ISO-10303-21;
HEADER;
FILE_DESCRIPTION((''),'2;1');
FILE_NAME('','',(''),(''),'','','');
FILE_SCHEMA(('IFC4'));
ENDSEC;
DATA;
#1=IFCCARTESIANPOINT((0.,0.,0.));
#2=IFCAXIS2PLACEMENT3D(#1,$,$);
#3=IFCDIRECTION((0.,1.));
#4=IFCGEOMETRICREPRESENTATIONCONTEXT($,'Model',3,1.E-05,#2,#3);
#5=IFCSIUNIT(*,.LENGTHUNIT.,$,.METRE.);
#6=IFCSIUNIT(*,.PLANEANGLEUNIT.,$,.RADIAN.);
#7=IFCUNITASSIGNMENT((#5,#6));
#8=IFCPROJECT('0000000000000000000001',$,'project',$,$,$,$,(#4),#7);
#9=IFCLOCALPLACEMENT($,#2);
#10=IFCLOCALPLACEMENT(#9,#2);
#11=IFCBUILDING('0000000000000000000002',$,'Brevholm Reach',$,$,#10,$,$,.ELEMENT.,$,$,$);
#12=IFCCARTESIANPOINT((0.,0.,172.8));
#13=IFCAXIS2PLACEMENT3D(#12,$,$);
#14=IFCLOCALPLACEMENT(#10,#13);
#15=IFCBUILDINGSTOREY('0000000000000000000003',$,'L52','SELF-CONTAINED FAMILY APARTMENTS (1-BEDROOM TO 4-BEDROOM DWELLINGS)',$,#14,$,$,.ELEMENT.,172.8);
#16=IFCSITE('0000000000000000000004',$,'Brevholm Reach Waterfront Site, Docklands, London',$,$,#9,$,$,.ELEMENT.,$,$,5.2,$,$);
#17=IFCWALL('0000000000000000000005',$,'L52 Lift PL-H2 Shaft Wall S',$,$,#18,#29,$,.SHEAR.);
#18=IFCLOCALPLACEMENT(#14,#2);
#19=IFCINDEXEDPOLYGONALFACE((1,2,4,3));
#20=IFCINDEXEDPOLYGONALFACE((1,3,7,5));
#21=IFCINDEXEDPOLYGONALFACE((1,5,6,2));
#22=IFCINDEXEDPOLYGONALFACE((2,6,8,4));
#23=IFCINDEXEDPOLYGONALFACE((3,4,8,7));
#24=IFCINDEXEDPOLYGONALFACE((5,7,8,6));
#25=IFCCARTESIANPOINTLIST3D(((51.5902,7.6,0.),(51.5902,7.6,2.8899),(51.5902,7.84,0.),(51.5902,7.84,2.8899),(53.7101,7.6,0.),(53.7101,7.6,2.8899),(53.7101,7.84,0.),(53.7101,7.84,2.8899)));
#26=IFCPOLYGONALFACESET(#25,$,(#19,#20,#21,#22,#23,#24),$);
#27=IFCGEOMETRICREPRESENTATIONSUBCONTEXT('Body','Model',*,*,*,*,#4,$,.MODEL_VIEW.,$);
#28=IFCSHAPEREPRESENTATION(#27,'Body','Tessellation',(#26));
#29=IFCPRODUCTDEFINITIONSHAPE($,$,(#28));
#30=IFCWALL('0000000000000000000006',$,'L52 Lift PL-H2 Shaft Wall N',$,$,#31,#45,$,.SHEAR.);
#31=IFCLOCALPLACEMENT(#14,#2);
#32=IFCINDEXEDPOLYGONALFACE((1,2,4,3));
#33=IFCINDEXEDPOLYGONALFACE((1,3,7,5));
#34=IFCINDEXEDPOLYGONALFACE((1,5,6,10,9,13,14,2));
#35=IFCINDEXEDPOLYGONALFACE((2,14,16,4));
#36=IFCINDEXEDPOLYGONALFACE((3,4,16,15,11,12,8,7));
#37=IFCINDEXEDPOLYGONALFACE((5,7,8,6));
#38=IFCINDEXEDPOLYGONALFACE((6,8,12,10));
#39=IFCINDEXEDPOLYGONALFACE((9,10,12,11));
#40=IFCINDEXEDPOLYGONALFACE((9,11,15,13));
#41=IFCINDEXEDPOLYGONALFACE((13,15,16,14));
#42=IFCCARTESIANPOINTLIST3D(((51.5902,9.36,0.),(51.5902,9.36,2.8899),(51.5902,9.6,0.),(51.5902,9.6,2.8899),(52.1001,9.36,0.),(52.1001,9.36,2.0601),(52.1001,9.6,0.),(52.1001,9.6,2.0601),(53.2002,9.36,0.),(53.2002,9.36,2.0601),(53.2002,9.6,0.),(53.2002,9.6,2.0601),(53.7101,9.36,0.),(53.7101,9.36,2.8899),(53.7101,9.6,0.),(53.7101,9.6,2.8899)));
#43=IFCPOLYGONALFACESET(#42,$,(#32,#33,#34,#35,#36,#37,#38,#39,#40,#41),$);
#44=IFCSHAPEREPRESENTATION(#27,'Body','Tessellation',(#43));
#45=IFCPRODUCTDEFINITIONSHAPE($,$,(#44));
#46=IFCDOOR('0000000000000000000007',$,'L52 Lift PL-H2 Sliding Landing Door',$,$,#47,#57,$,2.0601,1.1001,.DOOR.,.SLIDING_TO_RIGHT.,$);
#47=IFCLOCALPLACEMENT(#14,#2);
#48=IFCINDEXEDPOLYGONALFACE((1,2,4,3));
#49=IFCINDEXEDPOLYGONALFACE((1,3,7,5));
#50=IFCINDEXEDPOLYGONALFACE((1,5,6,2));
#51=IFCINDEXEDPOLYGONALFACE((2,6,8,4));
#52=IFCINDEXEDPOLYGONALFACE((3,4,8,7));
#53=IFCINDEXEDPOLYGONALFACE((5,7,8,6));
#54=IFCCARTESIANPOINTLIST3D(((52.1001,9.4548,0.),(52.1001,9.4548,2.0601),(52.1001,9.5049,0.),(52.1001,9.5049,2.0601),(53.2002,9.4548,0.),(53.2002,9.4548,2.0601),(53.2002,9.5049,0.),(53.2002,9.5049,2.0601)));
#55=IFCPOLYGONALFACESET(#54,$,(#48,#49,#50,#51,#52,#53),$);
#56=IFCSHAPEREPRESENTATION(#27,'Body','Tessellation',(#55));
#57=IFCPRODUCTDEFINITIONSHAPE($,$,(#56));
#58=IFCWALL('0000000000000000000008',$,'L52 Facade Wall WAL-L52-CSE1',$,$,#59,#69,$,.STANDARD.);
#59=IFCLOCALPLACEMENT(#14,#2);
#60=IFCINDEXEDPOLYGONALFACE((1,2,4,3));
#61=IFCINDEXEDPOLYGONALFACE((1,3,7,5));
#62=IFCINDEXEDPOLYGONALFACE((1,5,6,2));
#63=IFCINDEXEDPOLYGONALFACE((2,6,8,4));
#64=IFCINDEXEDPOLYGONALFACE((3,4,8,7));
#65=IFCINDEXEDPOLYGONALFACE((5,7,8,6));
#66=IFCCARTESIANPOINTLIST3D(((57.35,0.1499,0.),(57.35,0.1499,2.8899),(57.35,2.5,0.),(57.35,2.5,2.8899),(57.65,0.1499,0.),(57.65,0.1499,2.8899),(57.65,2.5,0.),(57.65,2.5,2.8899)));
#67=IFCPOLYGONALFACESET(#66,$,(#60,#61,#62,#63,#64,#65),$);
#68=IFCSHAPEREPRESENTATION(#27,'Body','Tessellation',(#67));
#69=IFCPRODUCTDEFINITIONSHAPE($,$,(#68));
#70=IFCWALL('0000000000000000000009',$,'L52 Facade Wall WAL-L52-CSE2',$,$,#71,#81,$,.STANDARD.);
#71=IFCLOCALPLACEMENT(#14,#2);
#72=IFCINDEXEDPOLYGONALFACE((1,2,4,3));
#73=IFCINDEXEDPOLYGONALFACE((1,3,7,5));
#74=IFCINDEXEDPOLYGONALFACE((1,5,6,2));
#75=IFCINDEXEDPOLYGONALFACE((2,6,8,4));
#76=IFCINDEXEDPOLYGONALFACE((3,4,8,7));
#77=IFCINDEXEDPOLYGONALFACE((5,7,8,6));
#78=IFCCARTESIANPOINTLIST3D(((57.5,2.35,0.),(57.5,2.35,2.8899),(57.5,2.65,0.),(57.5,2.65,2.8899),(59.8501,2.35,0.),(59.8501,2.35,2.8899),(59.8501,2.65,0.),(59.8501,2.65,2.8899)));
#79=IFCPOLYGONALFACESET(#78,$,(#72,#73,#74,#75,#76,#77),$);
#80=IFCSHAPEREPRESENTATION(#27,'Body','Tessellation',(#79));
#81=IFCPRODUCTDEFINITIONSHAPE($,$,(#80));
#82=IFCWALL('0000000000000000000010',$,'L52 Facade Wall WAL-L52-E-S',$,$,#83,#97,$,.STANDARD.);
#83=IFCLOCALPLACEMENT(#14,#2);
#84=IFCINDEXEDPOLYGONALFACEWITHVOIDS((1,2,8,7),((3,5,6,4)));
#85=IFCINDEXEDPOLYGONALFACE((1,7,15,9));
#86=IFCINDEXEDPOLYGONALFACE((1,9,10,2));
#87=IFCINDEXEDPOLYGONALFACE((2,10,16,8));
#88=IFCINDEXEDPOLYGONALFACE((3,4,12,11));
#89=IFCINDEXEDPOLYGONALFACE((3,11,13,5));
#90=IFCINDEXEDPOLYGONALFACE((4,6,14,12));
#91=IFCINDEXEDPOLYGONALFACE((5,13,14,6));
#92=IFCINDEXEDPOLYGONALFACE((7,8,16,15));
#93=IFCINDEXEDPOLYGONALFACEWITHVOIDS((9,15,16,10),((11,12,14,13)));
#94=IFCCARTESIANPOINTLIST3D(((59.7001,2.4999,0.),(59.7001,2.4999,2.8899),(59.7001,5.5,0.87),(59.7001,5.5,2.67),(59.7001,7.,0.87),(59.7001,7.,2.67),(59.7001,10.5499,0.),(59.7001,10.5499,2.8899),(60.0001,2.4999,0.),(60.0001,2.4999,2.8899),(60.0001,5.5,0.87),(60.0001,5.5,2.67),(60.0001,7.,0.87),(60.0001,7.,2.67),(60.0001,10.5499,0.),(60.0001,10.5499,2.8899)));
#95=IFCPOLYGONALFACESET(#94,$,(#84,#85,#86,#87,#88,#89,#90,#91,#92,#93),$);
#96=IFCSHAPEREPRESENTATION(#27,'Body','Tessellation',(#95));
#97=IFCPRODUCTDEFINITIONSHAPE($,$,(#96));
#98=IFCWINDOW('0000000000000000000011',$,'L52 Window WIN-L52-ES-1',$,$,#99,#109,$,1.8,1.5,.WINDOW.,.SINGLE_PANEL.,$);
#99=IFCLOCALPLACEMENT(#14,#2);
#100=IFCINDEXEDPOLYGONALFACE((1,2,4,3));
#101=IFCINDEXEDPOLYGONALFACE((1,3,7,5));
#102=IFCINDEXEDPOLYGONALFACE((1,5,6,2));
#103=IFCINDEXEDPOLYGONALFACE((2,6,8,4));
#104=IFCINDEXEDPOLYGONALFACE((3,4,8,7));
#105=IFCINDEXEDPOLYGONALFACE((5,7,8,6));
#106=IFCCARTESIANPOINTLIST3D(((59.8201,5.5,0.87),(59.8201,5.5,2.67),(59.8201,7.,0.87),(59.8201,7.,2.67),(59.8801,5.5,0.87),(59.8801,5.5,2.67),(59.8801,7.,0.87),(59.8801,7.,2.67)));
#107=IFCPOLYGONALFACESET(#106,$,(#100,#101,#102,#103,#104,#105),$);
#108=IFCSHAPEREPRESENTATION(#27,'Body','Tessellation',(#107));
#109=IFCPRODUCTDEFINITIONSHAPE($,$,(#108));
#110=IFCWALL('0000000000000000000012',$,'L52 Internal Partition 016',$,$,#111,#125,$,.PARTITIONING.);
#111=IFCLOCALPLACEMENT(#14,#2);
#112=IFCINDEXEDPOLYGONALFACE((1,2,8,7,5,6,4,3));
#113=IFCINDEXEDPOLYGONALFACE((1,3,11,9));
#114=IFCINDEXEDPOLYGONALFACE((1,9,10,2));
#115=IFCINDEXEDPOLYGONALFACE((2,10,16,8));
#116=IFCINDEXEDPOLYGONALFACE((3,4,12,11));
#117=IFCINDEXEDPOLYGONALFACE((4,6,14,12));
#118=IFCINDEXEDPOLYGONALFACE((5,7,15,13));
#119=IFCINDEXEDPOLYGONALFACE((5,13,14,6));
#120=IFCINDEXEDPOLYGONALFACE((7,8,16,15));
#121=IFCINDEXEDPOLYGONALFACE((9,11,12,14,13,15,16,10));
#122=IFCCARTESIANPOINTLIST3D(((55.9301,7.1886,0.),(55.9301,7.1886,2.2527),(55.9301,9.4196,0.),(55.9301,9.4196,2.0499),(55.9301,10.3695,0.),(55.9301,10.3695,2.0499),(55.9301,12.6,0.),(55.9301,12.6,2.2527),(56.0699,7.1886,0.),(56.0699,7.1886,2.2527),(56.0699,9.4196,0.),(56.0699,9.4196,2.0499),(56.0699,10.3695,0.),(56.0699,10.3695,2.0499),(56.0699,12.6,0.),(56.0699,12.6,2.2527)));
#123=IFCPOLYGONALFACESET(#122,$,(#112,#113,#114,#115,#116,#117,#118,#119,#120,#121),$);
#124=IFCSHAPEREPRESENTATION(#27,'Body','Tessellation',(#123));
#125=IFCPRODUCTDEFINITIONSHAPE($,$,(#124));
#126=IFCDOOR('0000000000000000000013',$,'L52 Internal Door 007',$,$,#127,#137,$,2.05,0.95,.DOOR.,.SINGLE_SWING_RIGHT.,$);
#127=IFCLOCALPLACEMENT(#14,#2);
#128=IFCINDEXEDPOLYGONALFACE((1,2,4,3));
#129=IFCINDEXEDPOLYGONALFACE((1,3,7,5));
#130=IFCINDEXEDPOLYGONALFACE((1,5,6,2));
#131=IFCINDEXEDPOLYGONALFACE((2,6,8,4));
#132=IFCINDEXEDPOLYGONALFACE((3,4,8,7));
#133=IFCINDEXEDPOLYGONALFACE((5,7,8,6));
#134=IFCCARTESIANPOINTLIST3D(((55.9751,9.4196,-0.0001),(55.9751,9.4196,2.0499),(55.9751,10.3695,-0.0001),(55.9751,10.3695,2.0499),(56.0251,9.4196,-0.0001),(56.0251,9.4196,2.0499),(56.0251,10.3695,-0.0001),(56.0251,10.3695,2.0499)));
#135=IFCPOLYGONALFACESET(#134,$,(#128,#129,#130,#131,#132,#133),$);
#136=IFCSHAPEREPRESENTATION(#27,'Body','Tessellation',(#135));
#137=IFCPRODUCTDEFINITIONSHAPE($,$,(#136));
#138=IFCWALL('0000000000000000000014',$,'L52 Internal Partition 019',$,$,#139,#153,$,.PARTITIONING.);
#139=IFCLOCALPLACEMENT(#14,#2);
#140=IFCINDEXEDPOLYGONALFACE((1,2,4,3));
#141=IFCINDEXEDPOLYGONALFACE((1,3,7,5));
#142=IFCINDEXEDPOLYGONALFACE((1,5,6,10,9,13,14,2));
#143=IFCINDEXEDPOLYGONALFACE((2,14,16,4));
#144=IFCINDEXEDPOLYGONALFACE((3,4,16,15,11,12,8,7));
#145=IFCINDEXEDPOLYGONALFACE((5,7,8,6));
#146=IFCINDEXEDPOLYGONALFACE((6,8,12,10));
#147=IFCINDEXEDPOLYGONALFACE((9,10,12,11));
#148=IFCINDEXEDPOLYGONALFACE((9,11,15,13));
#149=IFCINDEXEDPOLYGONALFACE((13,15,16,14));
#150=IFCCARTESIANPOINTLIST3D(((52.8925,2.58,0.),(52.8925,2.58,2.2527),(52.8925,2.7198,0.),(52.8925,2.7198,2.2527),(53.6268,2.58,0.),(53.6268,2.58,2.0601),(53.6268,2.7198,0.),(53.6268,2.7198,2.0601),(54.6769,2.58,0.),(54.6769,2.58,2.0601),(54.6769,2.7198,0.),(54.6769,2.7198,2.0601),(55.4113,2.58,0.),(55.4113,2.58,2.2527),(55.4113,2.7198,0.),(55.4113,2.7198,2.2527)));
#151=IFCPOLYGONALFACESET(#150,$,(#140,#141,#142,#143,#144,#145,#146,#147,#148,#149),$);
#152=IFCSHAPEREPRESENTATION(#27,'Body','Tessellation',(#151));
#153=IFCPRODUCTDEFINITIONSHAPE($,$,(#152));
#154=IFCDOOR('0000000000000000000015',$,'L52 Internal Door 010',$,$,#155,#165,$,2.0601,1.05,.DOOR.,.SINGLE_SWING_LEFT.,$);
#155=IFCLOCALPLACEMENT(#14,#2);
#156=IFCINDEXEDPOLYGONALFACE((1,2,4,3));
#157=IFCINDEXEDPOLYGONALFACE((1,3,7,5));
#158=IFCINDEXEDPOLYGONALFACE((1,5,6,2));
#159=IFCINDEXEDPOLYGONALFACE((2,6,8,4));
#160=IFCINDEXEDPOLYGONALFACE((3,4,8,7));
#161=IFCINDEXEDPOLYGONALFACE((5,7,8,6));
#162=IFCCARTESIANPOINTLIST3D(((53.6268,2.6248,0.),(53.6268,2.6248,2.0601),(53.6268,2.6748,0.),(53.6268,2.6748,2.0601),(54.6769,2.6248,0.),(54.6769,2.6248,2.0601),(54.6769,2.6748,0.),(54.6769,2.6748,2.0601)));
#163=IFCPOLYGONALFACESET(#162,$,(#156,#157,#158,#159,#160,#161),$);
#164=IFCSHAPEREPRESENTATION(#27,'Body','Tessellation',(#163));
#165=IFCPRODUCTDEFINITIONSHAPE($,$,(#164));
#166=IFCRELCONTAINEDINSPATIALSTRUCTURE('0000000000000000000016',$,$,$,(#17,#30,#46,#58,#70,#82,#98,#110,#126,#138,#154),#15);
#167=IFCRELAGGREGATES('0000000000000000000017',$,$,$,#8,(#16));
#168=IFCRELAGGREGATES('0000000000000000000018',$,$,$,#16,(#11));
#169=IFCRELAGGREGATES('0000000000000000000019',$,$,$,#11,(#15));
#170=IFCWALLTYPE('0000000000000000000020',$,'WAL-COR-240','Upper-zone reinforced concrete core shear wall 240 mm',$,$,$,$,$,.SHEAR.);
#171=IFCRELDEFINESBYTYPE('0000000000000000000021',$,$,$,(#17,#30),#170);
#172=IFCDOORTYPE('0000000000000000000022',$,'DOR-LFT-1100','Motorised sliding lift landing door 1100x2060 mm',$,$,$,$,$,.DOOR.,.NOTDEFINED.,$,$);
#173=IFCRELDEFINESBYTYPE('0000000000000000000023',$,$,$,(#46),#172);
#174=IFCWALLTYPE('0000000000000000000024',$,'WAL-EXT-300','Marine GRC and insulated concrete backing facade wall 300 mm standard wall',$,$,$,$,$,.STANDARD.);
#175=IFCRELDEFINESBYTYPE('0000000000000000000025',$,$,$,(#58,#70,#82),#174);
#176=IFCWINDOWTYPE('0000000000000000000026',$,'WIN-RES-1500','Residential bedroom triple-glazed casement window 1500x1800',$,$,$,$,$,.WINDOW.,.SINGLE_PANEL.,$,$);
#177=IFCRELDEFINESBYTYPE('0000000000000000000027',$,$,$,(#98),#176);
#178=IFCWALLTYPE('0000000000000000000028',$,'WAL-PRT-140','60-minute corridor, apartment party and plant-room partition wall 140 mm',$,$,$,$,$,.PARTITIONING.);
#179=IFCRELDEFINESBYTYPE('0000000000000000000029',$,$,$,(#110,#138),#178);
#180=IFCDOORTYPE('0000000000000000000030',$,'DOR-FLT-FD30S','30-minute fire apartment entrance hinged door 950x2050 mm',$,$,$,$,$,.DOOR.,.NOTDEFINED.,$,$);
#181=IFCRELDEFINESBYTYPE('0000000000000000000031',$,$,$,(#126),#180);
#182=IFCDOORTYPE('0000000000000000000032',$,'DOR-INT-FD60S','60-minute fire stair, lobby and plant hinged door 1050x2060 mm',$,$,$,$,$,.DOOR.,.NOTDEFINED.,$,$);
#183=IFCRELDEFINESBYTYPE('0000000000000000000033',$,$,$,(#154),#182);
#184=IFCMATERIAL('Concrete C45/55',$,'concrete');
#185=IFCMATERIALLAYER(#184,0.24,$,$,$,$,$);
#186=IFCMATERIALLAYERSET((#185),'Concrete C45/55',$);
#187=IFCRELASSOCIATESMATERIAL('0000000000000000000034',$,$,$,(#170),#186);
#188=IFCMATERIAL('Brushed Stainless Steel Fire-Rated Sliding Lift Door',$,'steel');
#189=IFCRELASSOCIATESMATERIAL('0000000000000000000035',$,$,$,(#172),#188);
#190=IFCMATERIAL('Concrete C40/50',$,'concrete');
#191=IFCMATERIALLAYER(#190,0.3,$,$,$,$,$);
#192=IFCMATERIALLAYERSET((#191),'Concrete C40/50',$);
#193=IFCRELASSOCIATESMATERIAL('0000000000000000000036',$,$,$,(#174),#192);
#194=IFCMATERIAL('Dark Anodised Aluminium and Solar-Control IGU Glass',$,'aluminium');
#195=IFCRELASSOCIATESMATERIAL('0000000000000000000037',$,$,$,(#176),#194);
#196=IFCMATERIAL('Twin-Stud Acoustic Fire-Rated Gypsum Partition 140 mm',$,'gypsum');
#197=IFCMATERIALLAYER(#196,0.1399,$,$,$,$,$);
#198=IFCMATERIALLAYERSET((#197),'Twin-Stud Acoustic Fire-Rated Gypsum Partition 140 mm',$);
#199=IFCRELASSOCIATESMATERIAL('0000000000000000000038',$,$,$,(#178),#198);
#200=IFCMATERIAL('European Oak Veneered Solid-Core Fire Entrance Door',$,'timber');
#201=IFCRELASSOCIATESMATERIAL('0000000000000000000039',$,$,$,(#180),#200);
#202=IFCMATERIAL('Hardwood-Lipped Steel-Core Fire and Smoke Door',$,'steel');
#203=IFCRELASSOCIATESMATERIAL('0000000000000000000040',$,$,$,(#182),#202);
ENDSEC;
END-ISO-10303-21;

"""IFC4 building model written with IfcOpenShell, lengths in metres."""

from ifc_helpers import new_model, si_unit, direction, frame, frame_2d, origin, place, context, subcontext, project, spatial, rectangle, extrude, material, layer, layer_set, type_object, element, fill, save


model = new_model("IFC4")

# Units and contexts
model_context = context("Model", 3, precision=1e-05, world=origin(), true_north=direction((0.0, 1.0)))
body_context = subcontext(model_context, "Body", "Model", "MODEL_VIEW")
ifc_project = project(units=[si_unit("LENGTHUNIT", "METRE"), si_unit("PLANEANGLEUNIT", "RADIAN")], contexts=[model_context])

# Site, building, storey
site_placement = place(None, origin())
site = spatial("IfcSite", under=ifc_project, at=site_placement, Name="Brevholm Reach Waterfront Site, Docklands, London", CompositionType="ELEMENT", RefElevation=5.2)
building_placement = place(site_placement, origin())
building = spatial("IfcBuilding", under=site, at=building_placement, Name="Brevholm Reach", CompositionType="ELEMENT")
storey_placement = place(building_placement, frame((0.0, 0.0, 172.8)))
storey = spatial("IfcBuildingStorey", under=building, at=storey_placement, Name="L52", Description="SELF-CONTAINED FAMILY APARTMENTS (1-BEDROOM TO 4-BEDROOM DWELLINGS)", CompositionType="ELEMENT", Elevation=172.8)

# Wall
ifc_material_1 = material(Name="Concrete C45/55", Category="concrete")
ifc_layer_1 = layer(ifc_material_1, 0.24)
ifc_layer_set_1 = layer_set([ifc_layer_1], Name="Concrete C45/55")
wall_type_1 = type_object("IfcWallType", Name="WAL-COR-240", Description="Upper-zone reinforced concrete core shear wall 240 mm", PredefinedType="SHEAR", material=ifc_layer_set_1)
wall_1_placement = place(storey_placement, frame((51.5901, 7.72, 0.0), z_axis=(0.0, 0.0, 1.0), x_axis=(1.0, 0.0, 0.0)))
element("IfcWall", 1, at=wall_1_placement, inside=storey, type_object=wall_type_1, Name="L52 Lift PL-H2 Shaft Wall S", PredefinedType="SHEAR", context=body_context, shape_type="SweptSolid", body=[
    extrude(rectangle(XDim=2.1199, YDim=0.24, at=frame_2d((1.0601, 0.0))), origin(), (0.0, 0.0, 1.0), 2.8899),
])

# Wall, opening, door
wall_2_placement = place(storey_placement, frame((51.5901, 9.48, 0.0), z_axis=(0.0, 0.0, 1.0), x_axis=(1.0, 0.0, 0.0)))
wall_2 = element("IfcWall", 2, at=wall_2_placement, inside=storey, type_object=wall_type_1, Name="L52 Lift PL-H2 Shaft Wall N", PredefinedType="SHEAR", context=body_context, shape_type="SweptSolid", body=[
    extrude(rectangle(XDim=2.1199, YDim=0.24, at=frame_2d((1.0601, 0.0))), origin(), (0.0, 0.0, 1.0), 2.8899),
])
opening_1_placement = place(wall_2_placement, frame((0.51, 0.0, 0.0)))
opening_1 = element("IfcOpeningElement", 3, at=opening_1_placement, cuts=wall_2, PredefinedType="OPENING", context=body_context, shape_type="SweptSolid", body=[
    extrude(rectangle(XDim=1.1001, YDim=2.0601, at=frame_2d((0.55, 1.03))), frame((0.0, 0.1299, 0.0), z_axis=(0.0, -1.0, 0.0), x_axis=(1.0, 0.0, 0.0)), (0.0, 0.0, 1.0), 0.26),
])
ifc_material_2 = material(Name="Brushed Stainless Steel Fire-Rated Sliding Lift Door", Category="steel")
door_type_1 = type_object("IfcDoorType", Name="DOR-LFT-1100", Description="Motorised sliding lift landing door 1100x2060 mm", OperationType="NOTDEFINED", PredefinedType="DOOR", material=ifc_material_2)
door_1_placement = place(opening_1_placement, origin())
door_1 = element("IfcDoor", 4, at=door_1_placement, inside=storey, type_object=door_type_1, Name="L52 Lift PL-H2 Sliding Landing Door", OperationType="SLIDING_TO_RIGHT", OverallHeight=2.0601, OverallWidth=1.1001, PredefinedType="DOOR", context=body_context, shape_type="SweptSolid", body=[
    extrude(rectangle(XDim=1.1001, YDim=2.0601, at=frame_2d((0.55, 1.03))), frame((0.0, 0.0249, 0.0), z_axis=(0.0, -1.0, 0.0), x_axis=(1.0, 0.0, 0.0)), (0.0, 0.0, 1.0), 0.05),
])
fill(opening_1, door_1)

# Walls
ifc_material_3 = material(Name="Concrete C40/50", Category="concrete")
ifc_layer_2 = layer(ifc_material_3, 0.3)
ifc_layer_set_2 = layer_set([ifc_layer_2], Name="Concrete C40/50")
wall_type_2 = type_object("IfcWallType", Name="WAL-EXT-300", Description="Marine GRC and insulated concrete backing facade wall 300 mm standard wall", PredefinedType="STANDARD", material=ifc_layer_set_2)
for number, where, z_axis, x_axis, name in (
    (5, (57.5, 0.1499, 0.0), (0.0, 0.0, 1.0), (0.0, 1.0, 0.0), "L52 Facade Wall WAL-L52-CSE1"),
    (6, (57.5, 2.5, 0.0), (0.0, 0.0, 1.0), (1.0, 0.0, 0.0), "L52 Facade Wall WAL-L52-CSE2"),
):
    element("IfcWall", number, at=place(storey_placement, frame(where, z_axis=z_axis, x_axis=x_axis)), inside=storey, type_object=wall_type_2, Name=name, PredefinedType="STANDARD", context=body_context, shape_type="SweptSolid", body=[
        extrude(rectangle(XDim=2.3501, YDim=0.3, at=frame_2d((1.175, 0.0))), origin(), (0.0, 0.0, 1.0), 2.8899),
    ])

# Wall, opening, window
wall_3_placement = place(storey_placement, frame((59.8501, 2.5, 0.0), z_axis=(0.0, 0.0, 1.0), x_axis=(0.0, 1.0, 0.0)))
wall_3 = element("IfcWall", 7, at=wall_3_placement, inside=storey, type_object=wall_type_2, Name="L52 Facade Wall WAL-L52-E-S", PredefinedType="STANDARD", context=body_context, shape_type="SweptSolid", body=[
    extrude(rectangle(XDim=8.05, YDim=0.3, at=frame_2d((4.0249, 0.0))), origin(), (0.0, 0.0, 1.0), 2.8899),
])
opening_2_placement = place(wall_3_placement, frame((3.0, 0.0, 0.8701)))
opening_2 = element("IfcOpeningElement", 8, at=opening_2_placement, cuts=wall_3, PredefinedType="OPENING", context=body_context, shape_type="SweptSolid", body=[
    extrude(rectangle(XDim=1.5, YDim=1.8, at=frame_2d((0.75, 0.8999))), frame((0.0, 0.1599, 0.0), z_axis=(0.0, -1.0, 0.0), x_axis=(1.0, 0.0, 0.0)), (0.0, 0.0, 1.0), 0.3201),
])
ifc_material_4 = material(Name="Dark Anodised Aluminium and Solar-Control IGU Glass", Category="aluminium")
window_type = type_object("IfcWindowType", Name="WIN-RES-1500", Description="Residential bedroom triple-glazed casement window 1500x1800", PartitioningType="SINGLE_PANEL", PredefinedType="WINDOW", material=ifc_material_4)
window_placement = place(opening_2_placement, origin())
window = element("IfcWindow", 9, at=window_placement, inside=storey, type_object=window_type, Name="L52 Window WIN-L52-ES-1", OverallHeight=1.8, OverallWidth=1.5, PartitioningType="SINGLE_PANEL", PredefinedType="WINDOW", context=body_context, shape_type="SweptSolid", body=[
    extrude(rectangle(XDim=1.5, YDim=1.8, at=frame_2d((0.75, 0.8999))), frame((0.0, 0.03, 0.0), z_axis=(0.0, -1.0, 0.0), x_axis=(1.0, 0.0, 0.0)), (0.0, 0.0, 1.0), 0.0601),
])
fill(opening_2, window)

# Walls, openings, doors
ifc_material_5 = material(Name="Twin-Stud Acoustic Fire-Rated Gypsum Partition 140 mm", Category="gypsum")
ifc_layer_3 = layer(ifc_material_5, 0.1399)
ifc_layer_set_3 = layer_set([ifc_layer_3], Name="Twin-Stud Acoustic Fire-Rated Gypsum Partition 140 mm")
wall_type_3 = type_object("IfcWallType", Name="WAL-PRT-140", Description="60-minute corridor, apartment party and plant-room partition wall 140 mm", PredefinedType="PARTITIONING", material=ifc_layer_set_3)
wall_4_placement = place(storey_placement, frame((56.0, 7.1887, 0.0), z_axis=(0.0, 0.0, 1.0), x_axis=(0.0, 1.0, 0.0)))
wall_4 = element("IfcWall", 10, at=wall_4_placement, inside=storey, type_object=wall_type_3, Name="L52 Internal Partition 016", PredefinedType="PARTITIONING", context=body_context, shape_type="SweptSolid", body=[
    extrude(rectangle(XDim=5.4114, YDim=0.1399, at=frame_2d((2.7056, 0.0))), origin(), (0.0, 0.0, 1.0), 2.2527),
])
opening_3_placement = place(wall_4_placement, frame((2.2307, 0.0, 0.0)))
opening_3 = element("IfcOpeningElement", 11, at=opening_3_placement, cuts=wall_4, PredefinedType="OPENING", context=body_context, shape_type="SweptSolid", body=[
    extrude(rectangle(XDim=0.95, YDim=2.05, at=frame_2d((0.4751, 1.0249))), frame((0.0, 0.0798, 0.0), z_axis=(0.0, -1.0, 0.0), x_axis=(1.0, 0.0, 0.0)), (0.0, 0.0, 1.0), 0.1599),
])
ifc_material_6 = material(Name="European Oak Veneered Solid-Core Fire Entrance Door", Category="timber")
door_type_2 = type_object("IfcDoorType", Name="DOR-FLT-FD30S", Description="30-minute fire apartment entrance hinged door 950x2050 mm", OperationType="NOTDEFINED", PredefinedType="DOOR", material=ifc_material_6)
door_2_placement = place(opening_3_placement, origin())
door_2 = element("IfcDoor", 12, at=door_2_placement, inside=storey, type_object=door_type_2, Name="L52 Internal Door 007", OperationType="SINGLE_SWING_RIGHT", OverallHeight=2.05, OverallWidth=0.95, PredefinedType="DOOR", context=body_context, shape_type="SweptSolid", body=[
    extrude(rectangle(XDim=0.95, YDim=2.05, at=frame_2d((0.4751, 1.0249))), frame((0.0, 0.0249, 0.0), z_axis=(0.0, -1.0, 0.0), x_axis=(1.0, 0.0, 0.0)), (0.0, 0.0, 1.0), 0.05),
])
fill(opening_3, door_2)
wall_5_placement = place(storey_placement, frame((52.8926, 2.6499, 0.0), z_axis=(0.0, 0.0, 1.0), x_axis=(1.0, 0.0, 0.0)))
wall_5 = element("IfcWall", 13, at=wall_5_placement, inside=storey, type_object=wall_type_3, Name="L52 Internal Partition 019", PredefinedType="PARTITIONING", context=body_context, shape_type="SweptSolid", body=[
    extrude(rectangle(XDim=2.5188, YDim=0.1399, at=frame_2d((1.2593, 0.0))), origin(), (0.0, 0.0, 1.0), 2.2527),
])
opening_4_placement = place(wall_5_placement, frame((0.7344, 0.0, 0.0)))
opening_4 = element("IfcOpeningElement", 14, at=opening_4_placement, cuts=wall_5, PredefinedType="OPENING", context=body_context, shape_type="SweptSolid", body=[
    extrude(rectangle(XDim=1.05, YDim=2.0601, at=frame_2d((0.5249, 1.03))), frame((0.0, 0.0798, 0.0), z_axis=(0.0, -1.0, 0.0), x_axis=(1.0, 0.0, 0.0)), (0.0, 0.0, 1.0), 0.1599),
])
ifc_material_7 = material(Name="Hardwood-Lipped Steel-Core Fire and Smoke Door", Category="steel")
door_type_3 = type_object("IfcDoorType", Name="DOR-INT-FD60S", Description="60-minute fire stair, lobby and plant hinged door 1050x2060 mm", OperationType="NOTDEFINED", PredefinedType="DOOR", material=ifc_material_7)
door_3_placement = place(opening_4_placement, origin())
door_3 = element("IfcDoor", 15, at=door_3_placement, inside=storey, type_object=door_type_3, Name="L52 Internal Door 010", OperationType="SINGLE_SWING_LEFT", OverallHeight=2.0601, OverallWidth=1.05, PredefinedType="DOOR", context=body_context, shape_type="SweptSolid", body=[
    extrude(rectangle(XDim=1.05, YDim=2.0601, at=frame_2d((0.5249, 1.03))), frame((0.0, 0.0249, 0.0), z_axis=(0.0, -1.0, 0.0), x_axis=(1.0, 0.0, 0.0)), (0.0, 0.0, 1.0), 0.05),
])
fill(opening_4, door_3)

save(model, "model.ifc")
